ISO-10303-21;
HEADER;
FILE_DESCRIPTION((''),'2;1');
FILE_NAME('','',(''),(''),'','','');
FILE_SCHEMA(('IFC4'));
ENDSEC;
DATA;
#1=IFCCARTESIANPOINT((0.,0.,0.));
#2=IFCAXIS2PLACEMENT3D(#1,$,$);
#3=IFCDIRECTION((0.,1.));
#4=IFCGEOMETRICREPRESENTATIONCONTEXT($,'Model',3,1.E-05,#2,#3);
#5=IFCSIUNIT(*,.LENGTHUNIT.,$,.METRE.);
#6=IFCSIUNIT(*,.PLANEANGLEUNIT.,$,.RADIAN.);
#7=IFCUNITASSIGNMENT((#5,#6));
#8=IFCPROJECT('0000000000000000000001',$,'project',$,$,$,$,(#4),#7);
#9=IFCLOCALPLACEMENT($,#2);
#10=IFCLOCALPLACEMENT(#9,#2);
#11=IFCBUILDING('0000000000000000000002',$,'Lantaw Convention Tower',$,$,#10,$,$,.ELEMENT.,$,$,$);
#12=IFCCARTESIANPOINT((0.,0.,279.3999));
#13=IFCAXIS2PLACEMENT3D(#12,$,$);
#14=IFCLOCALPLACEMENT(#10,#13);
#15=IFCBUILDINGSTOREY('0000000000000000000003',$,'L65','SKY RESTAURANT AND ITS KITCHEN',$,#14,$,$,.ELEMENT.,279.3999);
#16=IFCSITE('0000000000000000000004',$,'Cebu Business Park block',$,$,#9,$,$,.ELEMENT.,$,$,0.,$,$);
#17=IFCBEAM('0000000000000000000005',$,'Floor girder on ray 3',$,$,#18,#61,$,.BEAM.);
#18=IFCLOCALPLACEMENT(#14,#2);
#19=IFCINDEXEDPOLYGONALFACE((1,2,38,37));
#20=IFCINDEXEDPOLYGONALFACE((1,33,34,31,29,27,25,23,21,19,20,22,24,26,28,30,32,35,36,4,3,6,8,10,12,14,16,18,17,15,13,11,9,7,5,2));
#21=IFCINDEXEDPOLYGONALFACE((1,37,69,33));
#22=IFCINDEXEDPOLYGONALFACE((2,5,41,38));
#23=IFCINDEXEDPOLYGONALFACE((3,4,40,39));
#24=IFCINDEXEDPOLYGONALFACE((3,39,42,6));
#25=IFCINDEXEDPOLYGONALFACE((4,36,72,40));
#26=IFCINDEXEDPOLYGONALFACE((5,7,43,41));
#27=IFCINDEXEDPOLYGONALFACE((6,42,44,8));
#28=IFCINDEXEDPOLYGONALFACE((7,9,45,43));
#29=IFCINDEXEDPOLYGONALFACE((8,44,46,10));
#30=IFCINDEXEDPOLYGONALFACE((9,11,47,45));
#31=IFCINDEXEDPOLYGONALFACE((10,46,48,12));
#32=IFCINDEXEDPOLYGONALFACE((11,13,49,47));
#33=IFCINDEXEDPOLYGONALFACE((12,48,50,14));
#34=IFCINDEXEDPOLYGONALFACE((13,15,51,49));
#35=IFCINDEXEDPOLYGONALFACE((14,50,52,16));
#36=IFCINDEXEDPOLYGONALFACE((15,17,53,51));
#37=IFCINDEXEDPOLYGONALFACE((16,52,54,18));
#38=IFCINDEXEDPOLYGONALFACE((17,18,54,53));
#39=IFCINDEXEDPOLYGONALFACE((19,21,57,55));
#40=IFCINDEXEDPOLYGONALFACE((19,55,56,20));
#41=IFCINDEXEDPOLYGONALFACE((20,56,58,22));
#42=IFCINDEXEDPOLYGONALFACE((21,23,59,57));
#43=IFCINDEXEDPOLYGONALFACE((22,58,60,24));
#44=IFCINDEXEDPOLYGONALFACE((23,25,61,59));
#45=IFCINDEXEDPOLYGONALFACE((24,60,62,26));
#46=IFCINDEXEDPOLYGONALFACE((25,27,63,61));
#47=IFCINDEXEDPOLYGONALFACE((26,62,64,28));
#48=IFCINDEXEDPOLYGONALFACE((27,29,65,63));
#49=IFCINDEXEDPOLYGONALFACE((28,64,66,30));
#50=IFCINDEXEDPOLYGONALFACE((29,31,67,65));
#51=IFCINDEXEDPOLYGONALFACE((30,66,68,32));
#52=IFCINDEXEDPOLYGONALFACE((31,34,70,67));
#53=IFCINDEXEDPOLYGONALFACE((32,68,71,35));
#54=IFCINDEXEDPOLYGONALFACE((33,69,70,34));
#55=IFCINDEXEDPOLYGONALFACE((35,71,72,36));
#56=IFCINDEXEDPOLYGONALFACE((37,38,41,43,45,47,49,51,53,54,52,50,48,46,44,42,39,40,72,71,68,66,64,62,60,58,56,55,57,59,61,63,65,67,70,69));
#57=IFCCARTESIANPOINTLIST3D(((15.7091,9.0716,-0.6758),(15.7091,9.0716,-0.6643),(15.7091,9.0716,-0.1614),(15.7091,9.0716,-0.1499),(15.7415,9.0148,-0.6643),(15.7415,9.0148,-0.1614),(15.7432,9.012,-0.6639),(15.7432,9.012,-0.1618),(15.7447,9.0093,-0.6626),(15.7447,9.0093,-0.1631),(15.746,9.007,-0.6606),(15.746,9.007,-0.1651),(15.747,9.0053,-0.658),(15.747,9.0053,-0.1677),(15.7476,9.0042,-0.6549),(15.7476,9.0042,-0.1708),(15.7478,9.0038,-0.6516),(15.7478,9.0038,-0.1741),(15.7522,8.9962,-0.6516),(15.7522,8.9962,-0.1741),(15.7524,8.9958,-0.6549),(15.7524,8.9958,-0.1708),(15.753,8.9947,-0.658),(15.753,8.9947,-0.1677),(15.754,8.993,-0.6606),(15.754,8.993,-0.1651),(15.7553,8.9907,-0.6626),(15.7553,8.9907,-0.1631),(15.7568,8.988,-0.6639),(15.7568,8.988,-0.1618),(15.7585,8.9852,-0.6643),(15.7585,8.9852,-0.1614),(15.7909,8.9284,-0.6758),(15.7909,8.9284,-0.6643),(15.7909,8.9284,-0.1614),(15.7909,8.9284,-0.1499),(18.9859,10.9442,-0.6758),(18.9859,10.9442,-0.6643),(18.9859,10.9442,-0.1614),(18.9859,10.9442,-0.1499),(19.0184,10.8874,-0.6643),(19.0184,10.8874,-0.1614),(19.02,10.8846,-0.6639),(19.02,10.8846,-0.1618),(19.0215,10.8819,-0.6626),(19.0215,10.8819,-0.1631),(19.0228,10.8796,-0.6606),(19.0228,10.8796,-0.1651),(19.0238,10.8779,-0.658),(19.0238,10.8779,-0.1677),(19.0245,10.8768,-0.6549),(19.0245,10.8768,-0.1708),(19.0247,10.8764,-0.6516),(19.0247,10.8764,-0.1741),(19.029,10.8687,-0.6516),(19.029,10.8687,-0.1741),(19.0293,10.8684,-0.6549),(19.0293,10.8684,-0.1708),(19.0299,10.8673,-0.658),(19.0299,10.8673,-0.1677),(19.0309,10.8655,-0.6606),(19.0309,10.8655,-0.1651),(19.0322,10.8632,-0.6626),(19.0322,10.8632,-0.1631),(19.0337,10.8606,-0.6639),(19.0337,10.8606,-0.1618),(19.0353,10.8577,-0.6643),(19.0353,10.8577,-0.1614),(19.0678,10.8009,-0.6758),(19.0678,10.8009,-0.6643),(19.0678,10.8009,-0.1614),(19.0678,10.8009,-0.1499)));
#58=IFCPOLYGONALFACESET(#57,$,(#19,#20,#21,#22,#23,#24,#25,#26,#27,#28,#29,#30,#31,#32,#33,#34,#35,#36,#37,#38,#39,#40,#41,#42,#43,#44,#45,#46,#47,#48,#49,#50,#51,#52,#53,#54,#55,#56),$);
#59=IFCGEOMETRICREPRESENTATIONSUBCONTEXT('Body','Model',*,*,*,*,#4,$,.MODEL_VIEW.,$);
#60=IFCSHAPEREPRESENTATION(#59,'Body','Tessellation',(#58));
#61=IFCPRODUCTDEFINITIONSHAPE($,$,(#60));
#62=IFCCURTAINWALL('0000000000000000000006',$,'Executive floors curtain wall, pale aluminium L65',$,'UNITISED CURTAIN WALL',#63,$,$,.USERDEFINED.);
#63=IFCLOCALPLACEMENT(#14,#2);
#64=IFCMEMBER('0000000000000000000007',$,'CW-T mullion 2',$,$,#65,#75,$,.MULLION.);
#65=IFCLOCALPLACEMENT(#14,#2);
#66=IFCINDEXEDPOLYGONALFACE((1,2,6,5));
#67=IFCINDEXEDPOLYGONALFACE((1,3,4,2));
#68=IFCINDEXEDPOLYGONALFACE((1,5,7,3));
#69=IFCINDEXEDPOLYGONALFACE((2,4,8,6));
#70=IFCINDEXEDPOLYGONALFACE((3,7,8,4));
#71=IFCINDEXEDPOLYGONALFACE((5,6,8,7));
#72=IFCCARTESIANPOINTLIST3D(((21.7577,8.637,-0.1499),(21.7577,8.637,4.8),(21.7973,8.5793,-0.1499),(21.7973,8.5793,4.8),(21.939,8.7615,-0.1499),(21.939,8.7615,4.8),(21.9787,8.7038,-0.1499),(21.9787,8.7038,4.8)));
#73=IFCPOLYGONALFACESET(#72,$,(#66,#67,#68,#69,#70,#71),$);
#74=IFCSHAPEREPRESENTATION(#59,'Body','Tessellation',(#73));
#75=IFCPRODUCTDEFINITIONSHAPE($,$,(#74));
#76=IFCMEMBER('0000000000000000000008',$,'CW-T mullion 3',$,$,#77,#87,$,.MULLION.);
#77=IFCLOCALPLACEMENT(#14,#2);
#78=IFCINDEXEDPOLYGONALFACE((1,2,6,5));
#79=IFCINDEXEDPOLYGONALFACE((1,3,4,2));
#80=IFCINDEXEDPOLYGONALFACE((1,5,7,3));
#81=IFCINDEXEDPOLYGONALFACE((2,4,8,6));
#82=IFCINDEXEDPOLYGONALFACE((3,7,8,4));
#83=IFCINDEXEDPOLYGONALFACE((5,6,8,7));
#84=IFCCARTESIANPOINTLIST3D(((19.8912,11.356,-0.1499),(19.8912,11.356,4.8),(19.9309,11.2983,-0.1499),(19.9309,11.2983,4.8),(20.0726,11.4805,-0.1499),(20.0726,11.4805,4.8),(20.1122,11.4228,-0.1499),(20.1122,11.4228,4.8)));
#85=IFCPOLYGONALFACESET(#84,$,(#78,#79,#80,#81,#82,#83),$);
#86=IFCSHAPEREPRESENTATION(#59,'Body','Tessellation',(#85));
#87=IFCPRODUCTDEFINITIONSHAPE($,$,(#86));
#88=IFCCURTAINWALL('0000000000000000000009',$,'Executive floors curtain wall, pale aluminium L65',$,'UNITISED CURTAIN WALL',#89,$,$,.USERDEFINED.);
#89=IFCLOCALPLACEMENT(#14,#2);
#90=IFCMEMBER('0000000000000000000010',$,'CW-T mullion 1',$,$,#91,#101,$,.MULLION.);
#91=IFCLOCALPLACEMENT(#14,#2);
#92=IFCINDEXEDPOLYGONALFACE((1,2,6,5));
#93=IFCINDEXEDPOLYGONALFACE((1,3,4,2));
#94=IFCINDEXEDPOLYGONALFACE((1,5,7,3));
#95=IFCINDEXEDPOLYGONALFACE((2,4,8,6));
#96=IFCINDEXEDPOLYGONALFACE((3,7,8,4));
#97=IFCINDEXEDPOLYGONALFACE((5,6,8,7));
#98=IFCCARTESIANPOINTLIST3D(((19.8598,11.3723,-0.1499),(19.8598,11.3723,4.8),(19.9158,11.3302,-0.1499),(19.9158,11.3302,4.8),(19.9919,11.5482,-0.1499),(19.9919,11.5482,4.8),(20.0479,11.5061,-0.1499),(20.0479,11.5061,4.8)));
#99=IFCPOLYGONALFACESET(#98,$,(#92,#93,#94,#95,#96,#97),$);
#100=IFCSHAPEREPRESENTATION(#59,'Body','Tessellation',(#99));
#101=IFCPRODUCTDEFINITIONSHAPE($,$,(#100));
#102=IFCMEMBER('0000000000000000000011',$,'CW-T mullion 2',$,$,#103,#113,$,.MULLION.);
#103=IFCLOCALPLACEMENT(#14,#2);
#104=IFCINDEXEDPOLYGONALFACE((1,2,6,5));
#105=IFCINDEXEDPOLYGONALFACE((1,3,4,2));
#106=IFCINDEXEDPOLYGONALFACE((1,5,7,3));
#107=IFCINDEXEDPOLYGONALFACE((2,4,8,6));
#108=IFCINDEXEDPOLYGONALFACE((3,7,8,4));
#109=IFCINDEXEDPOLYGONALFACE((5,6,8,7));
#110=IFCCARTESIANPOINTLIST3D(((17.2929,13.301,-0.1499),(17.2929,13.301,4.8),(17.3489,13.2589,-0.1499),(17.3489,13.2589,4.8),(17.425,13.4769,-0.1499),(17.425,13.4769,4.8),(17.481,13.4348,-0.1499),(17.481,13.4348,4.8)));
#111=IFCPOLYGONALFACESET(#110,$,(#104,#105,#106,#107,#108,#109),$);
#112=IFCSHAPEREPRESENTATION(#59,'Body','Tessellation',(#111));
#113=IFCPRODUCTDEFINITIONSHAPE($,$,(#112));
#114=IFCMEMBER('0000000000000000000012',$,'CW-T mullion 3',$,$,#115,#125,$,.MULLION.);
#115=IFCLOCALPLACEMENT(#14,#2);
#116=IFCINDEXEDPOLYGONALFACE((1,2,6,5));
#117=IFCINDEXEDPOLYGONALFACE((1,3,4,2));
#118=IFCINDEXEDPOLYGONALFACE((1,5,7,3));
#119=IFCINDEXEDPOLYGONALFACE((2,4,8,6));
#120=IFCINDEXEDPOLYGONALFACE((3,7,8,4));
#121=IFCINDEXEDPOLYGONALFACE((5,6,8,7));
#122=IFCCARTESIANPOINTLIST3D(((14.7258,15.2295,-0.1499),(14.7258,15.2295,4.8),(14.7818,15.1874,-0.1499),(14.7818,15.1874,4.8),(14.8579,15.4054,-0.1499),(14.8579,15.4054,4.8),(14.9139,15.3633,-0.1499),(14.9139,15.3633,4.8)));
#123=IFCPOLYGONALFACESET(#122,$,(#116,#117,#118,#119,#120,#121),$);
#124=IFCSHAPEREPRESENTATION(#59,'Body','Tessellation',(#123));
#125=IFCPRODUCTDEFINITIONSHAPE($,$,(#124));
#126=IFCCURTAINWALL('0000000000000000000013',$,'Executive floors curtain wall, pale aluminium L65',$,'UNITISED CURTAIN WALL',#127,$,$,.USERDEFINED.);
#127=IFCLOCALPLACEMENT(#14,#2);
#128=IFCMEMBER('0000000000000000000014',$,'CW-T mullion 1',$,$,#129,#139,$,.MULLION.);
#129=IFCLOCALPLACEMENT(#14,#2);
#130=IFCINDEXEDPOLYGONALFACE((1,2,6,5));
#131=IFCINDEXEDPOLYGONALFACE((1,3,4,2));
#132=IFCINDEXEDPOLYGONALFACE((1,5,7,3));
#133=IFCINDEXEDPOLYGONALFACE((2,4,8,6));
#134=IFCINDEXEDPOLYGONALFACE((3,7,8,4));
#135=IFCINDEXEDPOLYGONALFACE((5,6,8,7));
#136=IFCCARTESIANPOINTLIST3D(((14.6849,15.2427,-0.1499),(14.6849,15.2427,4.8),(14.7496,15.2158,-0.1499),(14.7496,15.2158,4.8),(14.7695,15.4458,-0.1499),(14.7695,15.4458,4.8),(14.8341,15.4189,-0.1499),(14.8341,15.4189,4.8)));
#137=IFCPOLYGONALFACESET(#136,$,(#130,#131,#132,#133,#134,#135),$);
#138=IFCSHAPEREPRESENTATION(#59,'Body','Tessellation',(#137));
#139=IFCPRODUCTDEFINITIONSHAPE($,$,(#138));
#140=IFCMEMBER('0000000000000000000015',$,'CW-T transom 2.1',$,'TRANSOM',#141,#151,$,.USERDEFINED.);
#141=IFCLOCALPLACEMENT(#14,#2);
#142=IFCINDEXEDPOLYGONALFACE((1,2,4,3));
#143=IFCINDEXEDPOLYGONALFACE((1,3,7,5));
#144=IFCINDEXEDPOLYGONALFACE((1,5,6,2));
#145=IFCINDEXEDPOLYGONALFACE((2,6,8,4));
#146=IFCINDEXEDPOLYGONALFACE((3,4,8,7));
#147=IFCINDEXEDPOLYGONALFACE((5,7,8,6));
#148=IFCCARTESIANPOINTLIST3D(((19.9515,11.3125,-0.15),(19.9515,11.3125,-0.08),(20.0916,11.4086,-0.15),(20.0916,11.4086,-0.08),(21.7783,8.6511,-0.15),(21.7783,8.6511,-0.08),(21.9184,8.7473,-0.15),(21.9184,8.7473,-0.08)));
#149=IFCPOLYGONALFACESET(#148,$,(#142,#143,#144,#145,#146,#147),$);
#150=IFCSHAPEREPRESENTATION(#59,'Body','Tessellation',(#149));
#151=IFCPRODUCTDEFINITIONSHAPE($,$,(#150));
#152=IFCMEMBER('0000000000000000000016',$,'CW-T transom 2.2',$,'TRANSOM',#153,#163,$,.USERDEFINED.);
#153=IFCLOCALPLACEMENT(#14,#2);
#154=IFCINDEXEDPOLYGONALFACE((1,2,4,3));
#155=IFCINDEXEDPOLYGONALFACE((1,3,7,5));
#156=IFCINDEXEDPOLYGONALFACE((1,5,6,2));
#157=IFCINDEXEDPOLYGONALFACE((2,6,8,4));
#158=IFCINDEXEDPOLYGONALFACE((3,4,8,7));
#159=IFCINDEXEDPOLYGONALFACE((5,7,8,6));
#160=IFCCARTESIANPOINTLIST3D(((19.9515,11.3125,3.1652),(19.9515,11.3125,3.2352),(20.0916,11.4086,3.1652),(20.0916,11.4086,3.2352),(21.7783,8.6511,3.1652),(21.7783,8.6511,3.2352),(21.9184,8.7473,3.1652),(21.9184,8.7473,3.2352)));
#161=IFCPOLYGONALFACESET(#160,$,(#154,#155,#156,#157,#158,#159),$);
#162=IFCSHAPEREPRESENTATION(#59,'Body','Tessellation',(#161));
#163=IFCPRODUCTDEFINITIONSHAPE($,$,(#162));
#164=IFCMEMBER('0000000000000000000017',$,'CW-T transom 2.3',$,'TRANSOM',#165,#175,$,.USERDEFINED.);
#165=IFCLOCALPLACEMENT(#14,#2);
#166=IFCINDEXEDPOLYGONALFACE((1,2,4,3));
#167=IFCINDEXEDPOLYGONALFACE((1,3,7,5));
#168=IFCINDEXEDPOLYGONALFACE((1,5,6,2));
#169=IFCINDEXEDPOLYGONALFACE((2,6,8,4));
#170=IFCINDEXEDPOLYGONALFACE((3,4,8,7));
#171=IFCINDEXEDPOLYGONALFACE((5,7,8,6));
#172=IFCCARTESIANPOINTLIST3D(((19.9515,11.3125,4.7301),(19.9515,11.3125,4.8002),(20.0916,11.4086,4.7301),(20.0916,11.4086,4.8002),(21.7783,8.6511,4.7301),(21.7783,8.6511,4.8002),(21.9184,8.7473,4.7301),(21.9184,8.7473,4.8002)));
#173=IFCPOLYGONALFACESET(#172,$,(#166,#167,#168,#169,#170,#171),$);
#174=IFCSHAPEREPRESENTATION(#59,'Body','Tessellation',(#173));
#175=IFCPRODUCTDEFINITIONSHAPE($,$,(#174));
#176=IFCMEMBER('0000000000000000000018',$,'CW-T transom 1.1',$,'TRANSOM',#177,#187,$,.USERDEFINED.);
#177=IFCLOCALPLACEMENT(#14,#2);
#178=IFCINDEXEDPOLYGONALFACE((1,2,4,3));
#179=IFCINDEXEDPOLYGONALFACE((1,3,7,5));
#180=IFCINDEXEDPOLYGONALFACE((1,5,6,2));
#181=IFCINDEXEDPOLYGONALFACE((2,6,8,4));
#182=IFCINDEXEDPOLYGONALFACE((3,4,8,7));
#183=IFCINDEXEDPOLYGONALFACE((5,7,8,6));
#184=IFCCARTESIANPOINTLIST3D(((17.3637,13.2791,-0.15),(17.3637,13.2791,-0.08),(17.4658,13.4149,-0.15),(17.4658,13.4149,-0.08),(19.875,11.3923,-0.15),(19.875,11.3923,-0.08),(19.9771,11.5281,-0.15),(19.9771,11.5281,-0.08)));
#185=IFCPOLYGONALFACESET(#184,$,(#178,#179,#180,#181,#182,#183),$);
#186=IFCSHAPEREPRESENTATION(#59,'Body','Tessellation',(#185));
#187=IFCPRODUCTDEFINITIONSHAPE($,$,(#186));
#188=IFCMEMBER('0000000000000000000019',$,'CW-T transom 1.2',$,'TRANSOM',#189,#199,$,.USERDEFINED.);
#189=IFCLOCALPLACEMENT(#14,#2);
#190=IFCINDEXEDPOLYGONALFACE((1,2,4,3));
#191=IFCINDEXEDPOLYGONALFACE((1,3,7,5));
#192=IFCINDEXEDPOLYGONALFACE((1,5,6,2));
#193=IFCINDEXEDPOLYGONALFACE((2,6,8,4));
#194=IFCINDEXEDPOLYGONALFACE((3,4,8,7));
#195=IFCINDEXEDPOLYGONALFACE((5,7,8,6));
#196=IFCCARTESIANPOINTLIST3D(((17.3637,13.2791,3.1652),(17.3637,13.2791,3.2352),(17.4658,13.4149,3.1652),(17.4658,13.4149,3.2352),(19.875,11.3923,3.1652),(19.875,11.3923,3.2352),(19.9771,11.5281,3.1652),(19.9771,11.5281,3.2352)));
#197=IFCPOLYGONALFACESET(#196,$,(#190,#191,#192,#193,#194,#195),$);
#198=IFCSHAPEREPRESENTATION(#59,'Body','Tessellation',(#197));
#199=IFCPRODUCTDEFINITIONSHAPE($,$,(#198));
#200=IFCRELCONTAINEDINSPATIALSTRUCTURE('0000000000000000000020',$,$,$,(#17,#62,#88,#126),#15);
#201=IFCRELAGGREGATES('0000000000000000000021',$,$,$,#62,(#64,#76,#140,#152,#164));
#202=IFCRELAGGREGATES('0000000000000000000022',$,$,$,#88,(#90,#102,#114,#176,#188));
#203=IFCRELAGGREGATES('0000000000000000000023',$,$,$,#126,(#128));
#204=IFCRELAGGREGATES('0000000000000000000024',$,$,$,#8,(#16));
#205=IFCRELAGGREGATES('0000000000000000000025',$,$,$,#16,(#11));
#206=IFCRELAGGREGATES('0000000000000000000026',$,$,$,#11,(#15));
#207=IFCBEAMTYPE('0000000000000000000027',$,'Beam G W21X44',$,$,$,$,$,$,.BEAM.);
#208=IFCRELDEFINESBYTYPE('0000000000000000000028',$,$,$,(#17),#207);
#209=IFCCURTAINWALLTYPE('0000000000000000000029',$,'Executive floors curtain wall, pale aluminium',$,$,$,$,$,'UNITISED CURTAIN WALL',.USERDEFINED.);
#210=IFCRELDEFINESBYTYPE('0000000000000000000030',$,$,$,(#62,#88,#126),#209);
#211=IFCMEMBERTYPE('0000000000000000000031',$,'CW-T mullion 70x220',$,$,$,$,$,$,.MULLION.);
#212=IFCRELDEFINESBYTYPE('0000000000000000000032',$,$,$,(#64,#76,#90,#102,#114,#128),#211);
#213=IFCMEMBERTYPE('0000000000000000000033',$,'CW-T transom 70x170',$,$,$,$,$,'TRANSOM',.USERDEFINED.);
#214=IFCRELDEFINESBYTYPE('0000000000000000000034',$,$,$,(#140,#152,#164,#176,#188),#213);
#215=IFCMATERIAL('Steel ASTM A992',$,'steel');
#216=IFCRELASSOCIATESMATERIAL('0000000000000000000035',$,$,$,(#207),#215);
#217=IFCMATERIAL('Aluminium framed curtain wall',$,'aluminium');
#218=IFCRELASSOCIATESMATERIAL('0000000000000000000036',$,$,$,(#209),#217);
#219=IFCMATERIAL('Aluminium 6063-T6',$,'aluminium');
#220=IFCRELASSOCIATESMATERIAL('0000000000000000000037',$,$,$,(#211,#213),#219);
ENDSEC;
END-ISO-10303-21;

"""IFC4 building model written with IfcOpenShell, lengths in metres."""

from ifc_helpers import new_model, si_unit, direction, frame, origin, origin_2d, place, context, subcontext, project, spatial, rectangle, i_section, extrude, material, material_profile, profile_set, type_object, element, aggregate, save


model = new_model("IFC4")

# Units and contexts
model_context = context("Model", 3, precision=1e-05, world=origin(), true_north=direction((0.0, 1.0)))
body_context = subcontext(model_context, "Body", "Model", "MODEL_VIEW")
ifc_project = project(units=[si_unit("LENGTHUNIT", "METRE"), si_unit("PLANEANGLEUNIT", "RADIAN")], contexts=[model_context])

# Site, building, storey
site_placement = place(None, origin())
site = spatial("IfcSite", under=ifc_project, at=site_placement, Name="Cebu Business Park block", CompositionType="ELEMENT", RefElevation=0.0)
building_placement = place(site_placement, origin())
building = spatial("IfcBuilding", under=site, at=building_placement, Name="Lantaw Convention Tower", CompositionType="ELEMENT")
storey_placement = place(building_placement, frame((0.0, 0.0, 279.3999)))
storey = spatial("IfcBuildingStorey", under=building, at=storey_placement, Name="L65", Description="SKY RESTAURANT AND ITS KITCHEN", CompositionType="ELEMENT", Elevation=279.3999)

# Beam
ifc_material_1 = material(Name="Steel ASTM A992", Category="steel")
ifc_material_profile_1 = material_profile(ifc_material_1, i_section(OverallWidth=0.165, OverallDepth=0.5259, WebThickness=0.0088, FlangeThickness=0.0115, FilletRadius=0.0127, at=origin_2d()), Name="W21X44")
ifc_profile_set_1 = profile_set([ifc_material_profile_1], Name="Steel ASTM A992")
beam_type_1 = type_object("IfcBeamType", Name="Beam G W21X44", PredefinedType="BEAM", material=ifc_profile_set_1)
beam_1_placement = place(storey_placement, frame((15.75, 9.0, -0.4128), z_axis=(0.868235, 0.496153, 0.0), x_axis=(-0.496153, 0.868235, 0.0)))
element("IfcBeam", 1, at=beam_1_placement, inside=storey, type_object=beam_type_1, Name="Floor girder on ray 3", PredefinedType="BEAM", context=body_context, shape_type="SweptSolid", body=[
    extrude(i_section(OverallWidth=0.165, OverallDepth=0.5259, WebThickness=0.0088, FlangeThickness=0.0115, FilletRadius=0.0127, at=origin_2d()), origin(), (0.0, 0.0, 1.0), 3.7742),
])

# Curtain walls, members
ifc_material_2 = material(Name="Aluminium framed curtain wall", Category="aluminium")
curtain_wall_type = type_object("IfcCurtainWallType", Name="Executive floors curtain wall, pale aluminium", ElementType="UNITISED CURTAIN WALL", PredefinedType="USERDEFINED", material=ifc_material_2)
curtain_wall_1_placement = place(storey_placement, origin())
curtain_wall_1 = element("IfcCurtainWall", 2, at=curtain_wall_1_placement, inside=storey, type_object=curtain_wall_type, Name="Executive floors curtain wall, pale aluminium L65", ObjectType="UNITISED CURTAIN WALL", PredefinedType="USERDEFINED")
ifc_material_3 = material(Name="Aluminium 6063-T6", Category="aluminium")
ifc_material_profile_2 = material_profile(ifc_material_3, rectangle(XDim=0.22, YDim=0.0701, at=origin_2d()), Name="CW-T mullion 70x220")
ifc_profile_set_2 = profile_set([ifc_material_profile_2], Name="Aluminium 6063-T6")
member_type_1 = type_object("IfcMemberType", Name="CW-T mullion 70x220", PredefinedType="MULLION", material=ifc_profile_set_2)
member_1_placement = place(storey_placement, frame((21.8682, 8.6704, -0.1499), z_axis=(0.0, 0.0, 1.0), x_axis=(-0.82445, -0.565935, 0.0)))
member_1 = element("IfcMember", 3, at=member_1_placement, type_object=member_type_1, Name="CW-T mullion 2", PredefinedType="MULLION", context=body_context, shape_type="SweptSolid", body=[
    extrude(rectangle(XDim=0.22, YDim=0.0701, at=origin_2d()), origin(), (0.0, 0.0, 1.0), 4.95),
])
member_2_placement = place(storey_placement, frame((20.0017, 11.3894, -0.1499), z_axis=(0.0, 0.0, 1.0), x_axis=(-0.82445, -0.565935, 0.0)))
member_2 = element("IfcMember", 4, at=member_2_placement, type_object=member_type_1, Name="CW-T mullion 3", PredefinedType="MULLION", context=body_context, shape_type="SweptSolid", body=[
    extrude(rectangle(XDim=0.22, YDim=0.0701, at=origin_2d()), origin(), (0.0, 0.0, 1.0), 4.95),
])
curtain_wall_2_placement = place(storey_placement, origin())
curtain_wall_2 = element("IfcCurtainWall", 5, at=curtain_wall_2_placement, inside=storey, type_object=curtain_wall_type, Name="Executive floors curtain wall, pale aluminium L65", ObjectType="UNITISED CURTAIN WALL", PredefinedType="USERDEFINED")
member_3_placement = place(storey_placement, frame((19.9539, 11.4392, -0.1499), z_axis=(0.0, 0.0, 1.0), x_axis=(-0.600643, -0.799518, 0.0)))
member_3 = element("IfcMember", 6, at=member_3_placement, type_object=member_type_1, Name="CW-T mullion 1", PredefinedType="MULLION", context=body_context, shape_type="SweptSolid", body=[
    extrude(rectangle(XDim=0.22, YDim=0.0701, at=origin_2d()), origin(), (0.0, 0.0, 1.0), 4.95),
])
member_4_placement = place(storey_placement, frame((17.387, 13.3679, -0.1499), z_axis=(0.0, 0.0, 1.0), x_axis=(-0.600643, -0.799518, 0.0)))
member_4 = element("IfcMember", 7, at=member_4_placement, type_object=member_type_1, Name="CW-T mullion 2", PredefinedType="MULLION", context=body_context, shape_type="SweptSolid", body=[
    extrude(rectangle(XDim=0.22, YDim=0.0701, at=origin_2d()), origin(), (0.0, 0.0, 1.0), 4.95),
])
member_5_placement = place(storey_placement, frame((14.8198, 15.2964, -0.1499), z_axis=(0.0, 0.0, 1.0), x_axis=(-0.600643, -0.799518, 0.0)))
member_5 = element("IfcMember", 8, at=member_5_placement, type_object=member_type_1, Name="CW-T mullion 3", PredefinedType="MULLION", context=body_context, shape_type="SweptSolid", body=[
    extrude(rectangle(XDim=0.22, YDim=0.0701, at=origin_2d()), origin(), (0.0, 0.0, 1.0), 4.95),
])

# Curtain wall, member
curtain_wall_3_placement = place(storey_placement, origin())
curtain_wall_3 = element("IfcCurtainWall", 9, at=curtain_wall_3_placement, inside=storey, type_object=curtain_wall_type, Name="Executive floors curtain wall, pale aluminium L65", ObjectType="UNITISED CURTAIN WALL", PredefinedType="USERDEFINED")
member_6_placement = place(storey_placement, frame((14.7595, 15.3308, -0.1499), z_axis=(0.0, 0.0, 1.0), x_axis=(-0.38446, -0.923142, 0.0)))
member_6 = element("IfcMember", 10, at=member_6_placement, type_object=member_type_1, Name="CW-T mullion 1", PredefinedType="MULLION", context=body_context, shape_type="SweptSolid", body=[
    extrude(rectangle(XDim=0.22, YDim=0.0701, at=origin_2d()), origin(), (0.0, 0.0, 1.0), 4.95),
])

# Members
ifc_material_profile_3 = material_profile(ifc_material_3, rectangle(XDim=0.1699, YDim=0.0701, at=origin_2d()), Name="CW-T transom 70x170")
ifc_profile_set_3 = profile_set([ifc_material_profile_3], Name="Aluminium 6063-T6")
member_type_2 = type_object("IfcMemberType", Name="CW-T transom 70x170", ElementType="TRANSOM", PredefinedType="USERDEFINED", material=ifc_profile_set_3)
member_7_placement = place(storey_placement, frame((21.8484, 8.6992, -0.115), z_axis=(-0.565941, 0.824446, 0.0), x_axis=(-0.824446, -0.565941, 0.0)))
member_7 = element("IfcMember", 11, at=member_7_placement, type_object=member_type_2, Name="CW-T transom 2.1", ObjectType="TRANSOM", PredefinedType="USERDEFINED", context=body_context, shape_type="SweptSolid", body=[
    extrude(rectangle(XDim=0.1699, YDim=0.0701, at=origin_2d()), origin(), (0.0, 0.0, 1.0), 3.228),
])
member_8_placement = place(storey_placement, frame((21.8484, 8.6992, 3.2002), z_axis=(-0.565941, 0.824446, 0.0), x_axis=(-0.824446, -0.565941, 0.0)))
member_8 = element("IfcMember", 12, at=member_8_placement, type_object=member_type_2, Name="CW-T transom 2.2", ObjectType="TRANSOM", PredefinedType="USERDEFINED", context=body_context, shape_type="SweptSolid", body=[
    extrude(rectangle(XDim=0.1699, YDim=0.0701, at=origin_2d()), origin(), (0.0, 0.0, 1.0), 3.228),
])
member_9_placement = place(storey_placement, frame((21.8484, 8.6992, 4.7651), z_axis=(-0.565941, 0.824446, 0.0), x_axis=(-0.824446, -0.565941, 0.0)))
member_9 = element("IfcMember", 13, at=member_9_placement, type_object=member_type_2, Name="CW-T transom 2.3", ObjectType="TRANSOM", PredefinedType="USERDEFINED", context=body_context, shape_type="SweptSolid", body=[
    extrude(rectangle(XDim=0.1699, YDim=0.0701, at=origin_2d()), origin(), (0.0, 0.0, 1.0), 3.228),
])
member_10_placement = place(storey_placement, frame((19.926, 11.4602, -0.115), z_axis=(-0.799496, 0.600671, 0.0), x_axis=(-0.600671, -0.799496, 0.0)))
member_10 = element("IfcMember", 14, at=member_10_placement, type_object=member_type_2, Name="CW-T transom 1.1", ObjectType="TRANSOM", PredefinedType="USERDEFINED", context=body_context, shape_type="SweptSolid", body=[
    extrude(rectangle(XDim=0.1699, YDim=0.0701, at=origin_2d()), origin(), (0.0, 0.0, 1.0), 3.1411),
])
member_11_placement = place(storey_placement, frame((19.926, 11.4602, 3.2002), z_axis=(-0.799496, 0.600671, 0.0), x_axis=(-0.600671, -0.799496, 0.0)))
member_11 = element("IfcMember", 15, at=member_11_placement, type_object=member_type_2, Name="CW-T transom 1.2", ObjectType="TRANSOM", PredefinedType="USERDEFINED", context=body_context, shape_type="SweptSolid", body=[
    extrude(rectangle(XDim=0.1699, YDim=0.0701, at=origin_2d()), origin(), (0.0, 0.0, 1.0), 3.1411),
])

aggregate(curtain_wall_1, [member_1, member_2, member_7, member_8, member_9])
aggregate(curtain_wall_2, [member_3, member_4, member_5, member_10, member_11])
aggregate(curtain_wall_3, [member_6])

save(model, "model.ifc")
